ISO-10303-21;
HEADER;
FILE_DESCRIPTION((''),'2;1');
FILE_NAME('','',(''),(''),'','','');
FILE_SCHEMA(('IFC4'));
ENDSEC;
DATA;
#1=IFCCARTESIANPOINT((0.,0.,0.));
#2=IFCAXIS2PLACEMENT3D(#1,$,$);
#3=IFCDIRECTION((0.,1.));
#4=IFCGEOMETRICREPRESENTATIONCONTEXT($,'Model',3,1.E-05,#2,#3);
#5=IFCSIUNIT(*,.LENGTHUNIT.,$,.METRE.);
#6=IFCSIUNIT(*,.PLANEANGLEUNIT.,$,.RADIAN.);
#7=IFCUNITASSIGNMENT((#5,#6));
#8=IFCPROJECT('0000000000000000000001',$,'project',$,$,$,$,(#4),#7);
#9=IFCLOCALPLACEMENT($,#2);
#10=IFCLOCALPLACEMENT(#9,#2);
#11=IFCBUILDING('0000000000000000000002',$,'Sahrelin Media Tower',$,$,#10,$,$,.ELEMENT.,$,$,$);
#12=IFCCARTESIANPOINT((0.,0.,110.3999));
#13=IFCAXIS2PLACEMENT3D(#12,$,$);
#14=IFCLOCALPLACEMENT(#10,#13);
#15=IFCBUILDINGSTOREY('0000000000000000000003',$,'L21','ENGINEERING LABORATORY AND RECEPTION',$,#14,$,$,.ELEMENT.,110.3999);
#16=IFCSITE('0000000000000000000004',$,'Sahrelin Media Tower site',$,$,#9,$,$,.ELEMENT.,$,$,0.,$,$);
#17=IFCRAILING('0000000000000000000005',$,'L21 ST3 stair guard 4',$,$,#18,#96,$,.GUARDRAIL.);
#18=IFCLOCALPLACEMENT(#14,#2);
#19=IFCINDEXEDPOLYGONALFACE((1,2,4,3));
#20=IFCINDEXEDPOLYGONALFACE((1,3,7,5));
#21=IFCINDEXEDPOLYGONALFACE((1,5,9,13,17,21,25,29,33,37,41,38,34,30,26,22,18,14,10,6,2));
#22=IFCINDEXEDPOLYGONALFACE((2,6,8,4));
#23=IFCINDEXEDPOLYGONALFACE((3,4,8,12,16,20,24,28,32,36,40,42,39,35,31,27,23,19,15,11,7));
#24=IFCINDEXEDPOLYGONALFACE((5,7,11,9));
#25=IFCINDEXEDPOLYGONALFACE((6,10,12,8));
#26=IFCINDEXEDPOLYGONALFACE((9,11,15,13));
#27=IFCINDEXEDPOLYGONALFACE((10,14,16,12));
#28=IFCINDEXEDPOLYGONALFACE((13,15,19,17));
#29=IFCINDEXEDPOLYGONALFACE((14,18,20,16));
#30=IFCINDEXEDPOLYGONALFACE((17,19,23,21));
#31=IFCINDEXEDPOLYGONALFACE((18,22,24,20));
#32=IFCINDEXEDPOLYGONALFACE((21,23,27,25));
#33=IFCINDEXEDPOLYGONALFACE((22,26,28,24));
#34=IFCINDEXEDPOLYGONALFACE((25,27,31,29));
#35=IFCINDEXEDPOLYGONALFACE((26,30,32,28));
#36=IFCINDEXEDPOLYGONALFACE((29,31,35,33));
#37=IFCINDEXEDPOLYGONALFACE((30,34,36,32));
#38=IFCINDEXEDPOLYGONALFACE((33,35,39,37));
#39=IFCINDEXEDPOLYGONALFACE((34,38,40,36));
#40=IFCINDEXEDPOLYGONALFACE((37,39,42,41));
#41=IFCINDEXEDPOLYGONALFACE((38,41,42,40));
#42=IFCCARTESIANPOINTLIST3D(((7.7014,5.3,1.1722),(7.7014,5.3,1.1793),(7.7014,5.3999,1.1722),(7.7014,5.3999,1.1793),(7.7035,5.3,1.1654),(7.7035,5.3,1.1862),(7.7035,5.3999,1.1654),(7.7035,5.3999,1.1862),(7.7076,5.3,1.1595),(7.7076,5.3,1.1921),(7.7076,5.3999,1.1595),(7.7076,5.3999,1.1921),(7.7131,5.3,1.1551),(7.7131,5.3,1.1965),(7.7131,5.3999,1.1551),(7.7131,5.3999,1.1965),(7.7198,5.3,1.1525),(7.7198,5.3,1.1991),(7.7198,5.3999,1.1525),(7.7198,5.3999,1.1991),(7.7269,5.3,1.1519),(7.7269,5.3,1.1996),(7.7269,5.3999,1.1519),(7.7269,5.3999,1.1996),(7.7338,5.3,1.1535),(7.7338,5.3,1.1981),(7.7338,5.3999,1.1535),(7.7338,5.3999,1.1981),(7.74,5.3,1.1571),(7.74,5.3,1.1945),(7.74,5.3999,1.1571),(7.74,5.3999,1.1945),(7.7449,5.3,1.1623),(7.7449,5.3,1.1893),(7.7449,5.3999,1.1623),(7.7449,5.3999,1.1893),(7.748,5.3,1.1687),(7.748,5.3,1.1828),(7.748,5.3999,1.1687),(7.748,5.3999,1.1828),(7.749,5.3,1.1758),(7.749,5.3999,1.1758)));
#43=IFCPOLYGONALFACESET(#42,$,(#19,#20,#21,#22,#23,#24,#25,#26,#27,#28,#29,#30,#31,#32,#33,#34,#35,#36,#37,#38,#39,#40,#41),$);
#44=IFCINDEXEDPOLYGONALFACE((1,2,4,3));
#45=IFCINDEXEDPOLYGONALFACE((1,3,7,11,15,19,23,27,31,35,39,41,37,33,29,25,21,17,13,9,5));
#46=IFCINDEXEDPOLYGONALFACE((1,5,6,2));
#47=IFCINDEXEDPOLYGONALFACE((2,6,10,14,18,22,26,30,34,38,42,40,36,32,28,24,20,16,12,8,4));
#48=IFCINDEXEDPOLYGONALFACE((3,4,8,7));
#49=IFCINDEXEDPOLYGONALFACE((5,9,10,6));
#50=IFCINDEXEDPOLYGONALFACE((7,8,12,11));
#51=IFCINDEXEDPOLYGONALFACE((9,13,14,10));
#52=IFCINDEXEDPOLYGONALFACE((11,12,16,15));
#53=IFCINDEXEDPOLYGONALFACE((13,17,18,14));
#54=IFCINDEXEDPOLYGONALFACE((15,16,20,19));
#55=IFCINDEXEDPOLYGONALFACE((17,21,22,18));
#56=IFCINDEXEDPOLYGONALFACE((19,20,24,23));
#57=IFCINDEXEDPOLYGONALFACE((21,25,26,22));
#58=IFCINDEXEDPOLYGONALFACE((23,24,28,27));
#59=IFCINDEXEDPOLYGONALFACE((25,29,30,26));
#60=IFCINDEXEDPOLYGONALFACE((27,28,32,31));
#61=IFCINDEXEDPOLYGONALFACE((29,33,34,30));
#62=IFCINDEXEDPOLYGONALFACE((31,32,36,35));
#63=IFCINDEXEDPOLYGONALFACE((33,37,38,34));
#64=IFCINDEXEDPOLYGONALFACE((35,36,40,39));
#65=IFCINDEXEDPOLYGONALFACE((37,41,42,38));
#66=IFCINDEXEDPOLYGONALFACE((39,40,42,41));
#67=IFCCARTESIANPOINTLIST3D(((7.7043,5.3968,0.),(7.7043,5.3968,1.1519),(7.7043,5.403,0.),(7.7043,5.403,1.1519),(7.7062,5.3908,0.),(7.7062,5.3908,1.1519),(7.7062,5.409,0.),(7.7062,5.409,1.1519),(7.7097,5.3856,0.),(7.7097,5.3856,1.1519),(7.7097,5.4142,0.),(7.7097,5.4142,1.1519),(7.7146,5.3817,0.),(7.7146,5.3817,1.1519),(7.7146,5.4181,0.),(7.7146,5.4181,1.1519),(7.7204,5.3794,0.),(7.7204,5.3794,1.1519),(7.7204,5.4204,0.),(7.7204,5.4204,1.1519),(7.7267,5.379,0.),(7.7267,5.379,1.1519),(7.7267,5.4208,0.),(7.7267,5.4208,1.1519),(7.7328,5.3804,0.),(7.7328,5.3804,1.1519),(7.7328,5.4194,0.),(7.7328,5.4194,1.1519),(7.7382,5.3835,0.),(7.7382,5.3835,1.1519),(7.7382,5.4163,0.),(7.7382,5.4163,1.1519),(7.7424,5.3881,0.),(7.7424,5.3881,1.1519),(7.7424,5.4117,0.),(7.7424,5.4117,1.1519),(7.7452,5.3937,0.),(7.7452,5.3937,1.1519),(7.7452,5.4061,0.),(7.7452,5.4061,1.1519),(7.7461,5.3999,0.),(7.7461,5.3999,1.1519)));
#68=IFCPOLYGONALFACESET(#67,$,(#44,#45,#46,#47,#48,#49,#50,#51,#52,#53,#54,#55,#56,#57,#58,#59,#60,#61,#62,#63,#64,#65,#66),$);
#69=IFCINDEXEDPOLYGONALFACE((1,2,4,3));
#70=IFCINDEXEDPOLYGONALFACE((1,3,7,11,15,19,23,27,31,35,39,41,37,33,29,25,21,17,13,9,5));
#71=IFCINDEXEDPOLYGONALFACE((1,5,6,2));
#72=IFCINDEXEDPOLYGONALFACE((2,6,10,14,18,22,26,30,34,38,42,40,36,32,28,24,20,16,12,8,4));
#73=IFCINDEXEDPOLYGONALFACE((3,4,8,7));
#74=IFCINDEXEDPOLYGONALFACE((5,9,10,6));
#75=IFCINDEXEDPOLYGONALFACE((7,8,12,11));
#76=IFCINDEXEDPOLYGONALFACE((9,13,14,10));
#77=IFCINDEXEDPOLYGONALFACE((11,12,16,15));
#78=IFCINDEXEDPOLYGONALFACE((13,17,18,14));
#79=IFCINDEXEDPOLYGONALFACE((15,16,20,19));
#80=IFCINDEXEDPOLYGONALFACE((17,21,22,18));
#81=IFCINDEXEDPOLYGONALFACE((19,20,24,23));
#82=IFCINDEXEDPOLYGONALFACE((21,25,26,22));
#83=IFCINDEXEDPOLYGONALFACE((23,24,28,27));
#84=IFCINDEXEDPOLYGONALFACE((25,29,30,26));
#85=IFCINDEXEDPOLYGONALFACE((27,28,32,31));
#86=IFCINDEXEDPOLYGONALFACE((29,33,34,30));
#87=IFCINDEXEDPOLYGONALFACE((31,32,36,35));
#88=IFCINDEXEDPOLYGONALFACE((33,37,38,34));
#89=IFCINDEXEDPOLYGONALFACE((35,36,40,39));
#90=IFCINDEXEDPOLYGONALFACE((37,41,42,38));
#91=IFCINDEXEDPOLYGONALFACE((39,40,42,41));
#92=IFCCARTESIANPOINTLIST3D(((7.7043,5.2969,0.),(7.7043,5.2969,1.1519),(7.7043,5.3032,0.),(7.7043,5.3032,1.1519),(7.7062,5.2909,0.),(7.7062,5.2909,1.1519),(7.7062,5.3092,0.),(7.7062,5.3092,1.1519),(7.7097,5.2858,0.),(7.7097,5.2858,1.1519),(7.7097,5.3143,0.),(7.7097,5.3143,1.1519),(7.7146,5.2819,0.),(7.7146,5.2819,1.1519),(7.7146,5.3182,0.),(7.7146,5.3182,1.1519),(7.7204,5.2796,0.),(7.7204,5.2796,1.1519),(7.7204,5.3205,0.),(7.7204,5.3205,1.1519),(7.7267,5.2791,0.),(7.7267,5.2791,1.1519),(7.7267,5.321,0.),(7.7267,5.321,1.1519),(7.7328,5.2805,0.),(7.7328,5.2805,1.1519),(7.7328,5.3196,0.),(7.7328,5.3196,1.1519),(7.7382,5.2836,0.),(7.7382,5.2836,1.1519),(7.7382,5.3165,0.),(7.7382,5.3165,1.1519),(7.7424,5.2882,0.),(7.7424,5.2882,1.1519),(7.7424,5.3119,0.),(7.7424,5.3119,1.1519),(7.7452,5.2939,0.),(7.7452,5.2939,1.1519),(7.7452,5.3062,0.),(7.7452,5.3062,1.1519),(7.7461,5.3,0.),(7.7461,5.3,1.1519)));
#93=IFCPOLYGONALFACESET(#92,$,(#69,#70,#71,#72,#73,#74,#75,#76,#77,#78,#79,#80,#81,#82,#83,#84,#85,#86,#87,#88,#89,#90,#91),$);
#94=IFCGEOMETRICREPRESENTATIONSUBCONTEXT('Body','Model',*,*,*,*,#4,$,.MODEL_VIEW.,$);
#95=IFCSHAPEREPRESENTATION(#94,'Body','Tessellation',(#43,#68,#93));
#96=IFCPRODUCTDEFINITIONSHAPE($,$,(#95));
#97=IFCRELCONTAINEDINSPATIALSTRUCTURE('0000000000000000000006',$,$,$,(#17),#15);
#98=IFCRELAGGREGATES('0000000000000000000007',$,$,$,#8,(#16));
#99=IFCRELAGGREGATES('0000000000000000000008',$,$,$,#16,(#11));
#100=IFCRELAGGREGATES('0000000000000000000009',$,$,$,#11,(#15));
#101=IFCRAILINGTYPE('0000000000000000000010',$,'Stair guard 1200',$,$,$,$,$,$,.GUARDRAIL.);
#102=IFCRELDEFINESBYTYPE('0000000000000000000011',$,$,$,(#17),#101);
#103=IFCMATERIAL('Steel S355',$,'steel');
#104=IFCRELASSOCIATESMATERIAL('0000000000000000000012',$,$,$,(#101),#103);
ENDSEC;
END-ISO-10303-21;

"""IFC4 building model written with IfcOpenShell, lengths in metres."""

from ifc_helpers import new_model, si_unit, direction, frame, origin, origin_2d, place, context, subcontext, project, spatial, circle, extrude, material, type_object, element, save


model = new_model("IFC4")

# Units and contexts
model_context = context("Model", 3, precision=1e-05, world=origin(), true_north=direction((0.0, 1.0)))
body_context = subcontext(model_context, "Body", "Model", "MODEL_VIEW")
ifc_project = project(units=[si_unit("LENGTHUNIT", "METRE"), si_unit("PLANEANGLEUNIT", "RADIAN")], contexts=[model_context])

# Site, building, storey
site_placement = place(None, origin())
site = spatial("IfcSite", under=ifc_project, at=site_placement, Name="Sahrelin Media Tower site", CompositionType="ELEMENT", RefElevation=0.0)
building_placement = place(site_placement, origin())
building = spatial("IfcBuilding", under=site, at=building_placement, Name="Sahrelin Media Tower", CompositionType="ELEMENT")
storey_placement = place(building_placement, frame((0.0, 0.0, 110.3999)))
storey = spatial("IfcBuildingStorey", under=building, at=storey_placement, Name="L21", Description="ENGINEERING LABORATORY AND RECEPTION", CompositionType="ELEMENT", Elevation=110.3999)

# Shared definitions
ifc_material_1 = material(Name="Steel S355", Category="steel")

# Railing
railing_type_1 = type_object("IfcRailingType", Name="Stair guard 1200", PredefinedType="GUARDRAIL", material=ifc_material_1)
railing_1_placement = place(storey_placement, frame((7.7251, 5.3999, 0.0)))
element("IfcRailing", 1, at=railing_1_placement, inside=storey, type_object=railing_type_1, Name="L21 ST3 stair guard 4", PredefinedType="GUARDRAIL", context=body_context, shape_type="SweptSolid", body=[
    extrude(circle(Radius=0.0239, at=origin_2d()), frame((0.0, 0.0, 1.1758), z_axis=(0.0, -1.0, 0.0), x_axis=(1.0, 0.0, 0.0)), (0.0, 0.0, 1.0), 0.0999),
    extrude(circle(Radius=0.021, at=origin_2d()), origin(), (0.0, 0.0, 1.0), 1.1519),
    extrude(circle(Radius=0.021, at=origin_2d()), frame((0.0, -0.0999, 0.0)), (0.0, 0.0, 1.0), 1.1519),
])

save(model, "model.ifc")
